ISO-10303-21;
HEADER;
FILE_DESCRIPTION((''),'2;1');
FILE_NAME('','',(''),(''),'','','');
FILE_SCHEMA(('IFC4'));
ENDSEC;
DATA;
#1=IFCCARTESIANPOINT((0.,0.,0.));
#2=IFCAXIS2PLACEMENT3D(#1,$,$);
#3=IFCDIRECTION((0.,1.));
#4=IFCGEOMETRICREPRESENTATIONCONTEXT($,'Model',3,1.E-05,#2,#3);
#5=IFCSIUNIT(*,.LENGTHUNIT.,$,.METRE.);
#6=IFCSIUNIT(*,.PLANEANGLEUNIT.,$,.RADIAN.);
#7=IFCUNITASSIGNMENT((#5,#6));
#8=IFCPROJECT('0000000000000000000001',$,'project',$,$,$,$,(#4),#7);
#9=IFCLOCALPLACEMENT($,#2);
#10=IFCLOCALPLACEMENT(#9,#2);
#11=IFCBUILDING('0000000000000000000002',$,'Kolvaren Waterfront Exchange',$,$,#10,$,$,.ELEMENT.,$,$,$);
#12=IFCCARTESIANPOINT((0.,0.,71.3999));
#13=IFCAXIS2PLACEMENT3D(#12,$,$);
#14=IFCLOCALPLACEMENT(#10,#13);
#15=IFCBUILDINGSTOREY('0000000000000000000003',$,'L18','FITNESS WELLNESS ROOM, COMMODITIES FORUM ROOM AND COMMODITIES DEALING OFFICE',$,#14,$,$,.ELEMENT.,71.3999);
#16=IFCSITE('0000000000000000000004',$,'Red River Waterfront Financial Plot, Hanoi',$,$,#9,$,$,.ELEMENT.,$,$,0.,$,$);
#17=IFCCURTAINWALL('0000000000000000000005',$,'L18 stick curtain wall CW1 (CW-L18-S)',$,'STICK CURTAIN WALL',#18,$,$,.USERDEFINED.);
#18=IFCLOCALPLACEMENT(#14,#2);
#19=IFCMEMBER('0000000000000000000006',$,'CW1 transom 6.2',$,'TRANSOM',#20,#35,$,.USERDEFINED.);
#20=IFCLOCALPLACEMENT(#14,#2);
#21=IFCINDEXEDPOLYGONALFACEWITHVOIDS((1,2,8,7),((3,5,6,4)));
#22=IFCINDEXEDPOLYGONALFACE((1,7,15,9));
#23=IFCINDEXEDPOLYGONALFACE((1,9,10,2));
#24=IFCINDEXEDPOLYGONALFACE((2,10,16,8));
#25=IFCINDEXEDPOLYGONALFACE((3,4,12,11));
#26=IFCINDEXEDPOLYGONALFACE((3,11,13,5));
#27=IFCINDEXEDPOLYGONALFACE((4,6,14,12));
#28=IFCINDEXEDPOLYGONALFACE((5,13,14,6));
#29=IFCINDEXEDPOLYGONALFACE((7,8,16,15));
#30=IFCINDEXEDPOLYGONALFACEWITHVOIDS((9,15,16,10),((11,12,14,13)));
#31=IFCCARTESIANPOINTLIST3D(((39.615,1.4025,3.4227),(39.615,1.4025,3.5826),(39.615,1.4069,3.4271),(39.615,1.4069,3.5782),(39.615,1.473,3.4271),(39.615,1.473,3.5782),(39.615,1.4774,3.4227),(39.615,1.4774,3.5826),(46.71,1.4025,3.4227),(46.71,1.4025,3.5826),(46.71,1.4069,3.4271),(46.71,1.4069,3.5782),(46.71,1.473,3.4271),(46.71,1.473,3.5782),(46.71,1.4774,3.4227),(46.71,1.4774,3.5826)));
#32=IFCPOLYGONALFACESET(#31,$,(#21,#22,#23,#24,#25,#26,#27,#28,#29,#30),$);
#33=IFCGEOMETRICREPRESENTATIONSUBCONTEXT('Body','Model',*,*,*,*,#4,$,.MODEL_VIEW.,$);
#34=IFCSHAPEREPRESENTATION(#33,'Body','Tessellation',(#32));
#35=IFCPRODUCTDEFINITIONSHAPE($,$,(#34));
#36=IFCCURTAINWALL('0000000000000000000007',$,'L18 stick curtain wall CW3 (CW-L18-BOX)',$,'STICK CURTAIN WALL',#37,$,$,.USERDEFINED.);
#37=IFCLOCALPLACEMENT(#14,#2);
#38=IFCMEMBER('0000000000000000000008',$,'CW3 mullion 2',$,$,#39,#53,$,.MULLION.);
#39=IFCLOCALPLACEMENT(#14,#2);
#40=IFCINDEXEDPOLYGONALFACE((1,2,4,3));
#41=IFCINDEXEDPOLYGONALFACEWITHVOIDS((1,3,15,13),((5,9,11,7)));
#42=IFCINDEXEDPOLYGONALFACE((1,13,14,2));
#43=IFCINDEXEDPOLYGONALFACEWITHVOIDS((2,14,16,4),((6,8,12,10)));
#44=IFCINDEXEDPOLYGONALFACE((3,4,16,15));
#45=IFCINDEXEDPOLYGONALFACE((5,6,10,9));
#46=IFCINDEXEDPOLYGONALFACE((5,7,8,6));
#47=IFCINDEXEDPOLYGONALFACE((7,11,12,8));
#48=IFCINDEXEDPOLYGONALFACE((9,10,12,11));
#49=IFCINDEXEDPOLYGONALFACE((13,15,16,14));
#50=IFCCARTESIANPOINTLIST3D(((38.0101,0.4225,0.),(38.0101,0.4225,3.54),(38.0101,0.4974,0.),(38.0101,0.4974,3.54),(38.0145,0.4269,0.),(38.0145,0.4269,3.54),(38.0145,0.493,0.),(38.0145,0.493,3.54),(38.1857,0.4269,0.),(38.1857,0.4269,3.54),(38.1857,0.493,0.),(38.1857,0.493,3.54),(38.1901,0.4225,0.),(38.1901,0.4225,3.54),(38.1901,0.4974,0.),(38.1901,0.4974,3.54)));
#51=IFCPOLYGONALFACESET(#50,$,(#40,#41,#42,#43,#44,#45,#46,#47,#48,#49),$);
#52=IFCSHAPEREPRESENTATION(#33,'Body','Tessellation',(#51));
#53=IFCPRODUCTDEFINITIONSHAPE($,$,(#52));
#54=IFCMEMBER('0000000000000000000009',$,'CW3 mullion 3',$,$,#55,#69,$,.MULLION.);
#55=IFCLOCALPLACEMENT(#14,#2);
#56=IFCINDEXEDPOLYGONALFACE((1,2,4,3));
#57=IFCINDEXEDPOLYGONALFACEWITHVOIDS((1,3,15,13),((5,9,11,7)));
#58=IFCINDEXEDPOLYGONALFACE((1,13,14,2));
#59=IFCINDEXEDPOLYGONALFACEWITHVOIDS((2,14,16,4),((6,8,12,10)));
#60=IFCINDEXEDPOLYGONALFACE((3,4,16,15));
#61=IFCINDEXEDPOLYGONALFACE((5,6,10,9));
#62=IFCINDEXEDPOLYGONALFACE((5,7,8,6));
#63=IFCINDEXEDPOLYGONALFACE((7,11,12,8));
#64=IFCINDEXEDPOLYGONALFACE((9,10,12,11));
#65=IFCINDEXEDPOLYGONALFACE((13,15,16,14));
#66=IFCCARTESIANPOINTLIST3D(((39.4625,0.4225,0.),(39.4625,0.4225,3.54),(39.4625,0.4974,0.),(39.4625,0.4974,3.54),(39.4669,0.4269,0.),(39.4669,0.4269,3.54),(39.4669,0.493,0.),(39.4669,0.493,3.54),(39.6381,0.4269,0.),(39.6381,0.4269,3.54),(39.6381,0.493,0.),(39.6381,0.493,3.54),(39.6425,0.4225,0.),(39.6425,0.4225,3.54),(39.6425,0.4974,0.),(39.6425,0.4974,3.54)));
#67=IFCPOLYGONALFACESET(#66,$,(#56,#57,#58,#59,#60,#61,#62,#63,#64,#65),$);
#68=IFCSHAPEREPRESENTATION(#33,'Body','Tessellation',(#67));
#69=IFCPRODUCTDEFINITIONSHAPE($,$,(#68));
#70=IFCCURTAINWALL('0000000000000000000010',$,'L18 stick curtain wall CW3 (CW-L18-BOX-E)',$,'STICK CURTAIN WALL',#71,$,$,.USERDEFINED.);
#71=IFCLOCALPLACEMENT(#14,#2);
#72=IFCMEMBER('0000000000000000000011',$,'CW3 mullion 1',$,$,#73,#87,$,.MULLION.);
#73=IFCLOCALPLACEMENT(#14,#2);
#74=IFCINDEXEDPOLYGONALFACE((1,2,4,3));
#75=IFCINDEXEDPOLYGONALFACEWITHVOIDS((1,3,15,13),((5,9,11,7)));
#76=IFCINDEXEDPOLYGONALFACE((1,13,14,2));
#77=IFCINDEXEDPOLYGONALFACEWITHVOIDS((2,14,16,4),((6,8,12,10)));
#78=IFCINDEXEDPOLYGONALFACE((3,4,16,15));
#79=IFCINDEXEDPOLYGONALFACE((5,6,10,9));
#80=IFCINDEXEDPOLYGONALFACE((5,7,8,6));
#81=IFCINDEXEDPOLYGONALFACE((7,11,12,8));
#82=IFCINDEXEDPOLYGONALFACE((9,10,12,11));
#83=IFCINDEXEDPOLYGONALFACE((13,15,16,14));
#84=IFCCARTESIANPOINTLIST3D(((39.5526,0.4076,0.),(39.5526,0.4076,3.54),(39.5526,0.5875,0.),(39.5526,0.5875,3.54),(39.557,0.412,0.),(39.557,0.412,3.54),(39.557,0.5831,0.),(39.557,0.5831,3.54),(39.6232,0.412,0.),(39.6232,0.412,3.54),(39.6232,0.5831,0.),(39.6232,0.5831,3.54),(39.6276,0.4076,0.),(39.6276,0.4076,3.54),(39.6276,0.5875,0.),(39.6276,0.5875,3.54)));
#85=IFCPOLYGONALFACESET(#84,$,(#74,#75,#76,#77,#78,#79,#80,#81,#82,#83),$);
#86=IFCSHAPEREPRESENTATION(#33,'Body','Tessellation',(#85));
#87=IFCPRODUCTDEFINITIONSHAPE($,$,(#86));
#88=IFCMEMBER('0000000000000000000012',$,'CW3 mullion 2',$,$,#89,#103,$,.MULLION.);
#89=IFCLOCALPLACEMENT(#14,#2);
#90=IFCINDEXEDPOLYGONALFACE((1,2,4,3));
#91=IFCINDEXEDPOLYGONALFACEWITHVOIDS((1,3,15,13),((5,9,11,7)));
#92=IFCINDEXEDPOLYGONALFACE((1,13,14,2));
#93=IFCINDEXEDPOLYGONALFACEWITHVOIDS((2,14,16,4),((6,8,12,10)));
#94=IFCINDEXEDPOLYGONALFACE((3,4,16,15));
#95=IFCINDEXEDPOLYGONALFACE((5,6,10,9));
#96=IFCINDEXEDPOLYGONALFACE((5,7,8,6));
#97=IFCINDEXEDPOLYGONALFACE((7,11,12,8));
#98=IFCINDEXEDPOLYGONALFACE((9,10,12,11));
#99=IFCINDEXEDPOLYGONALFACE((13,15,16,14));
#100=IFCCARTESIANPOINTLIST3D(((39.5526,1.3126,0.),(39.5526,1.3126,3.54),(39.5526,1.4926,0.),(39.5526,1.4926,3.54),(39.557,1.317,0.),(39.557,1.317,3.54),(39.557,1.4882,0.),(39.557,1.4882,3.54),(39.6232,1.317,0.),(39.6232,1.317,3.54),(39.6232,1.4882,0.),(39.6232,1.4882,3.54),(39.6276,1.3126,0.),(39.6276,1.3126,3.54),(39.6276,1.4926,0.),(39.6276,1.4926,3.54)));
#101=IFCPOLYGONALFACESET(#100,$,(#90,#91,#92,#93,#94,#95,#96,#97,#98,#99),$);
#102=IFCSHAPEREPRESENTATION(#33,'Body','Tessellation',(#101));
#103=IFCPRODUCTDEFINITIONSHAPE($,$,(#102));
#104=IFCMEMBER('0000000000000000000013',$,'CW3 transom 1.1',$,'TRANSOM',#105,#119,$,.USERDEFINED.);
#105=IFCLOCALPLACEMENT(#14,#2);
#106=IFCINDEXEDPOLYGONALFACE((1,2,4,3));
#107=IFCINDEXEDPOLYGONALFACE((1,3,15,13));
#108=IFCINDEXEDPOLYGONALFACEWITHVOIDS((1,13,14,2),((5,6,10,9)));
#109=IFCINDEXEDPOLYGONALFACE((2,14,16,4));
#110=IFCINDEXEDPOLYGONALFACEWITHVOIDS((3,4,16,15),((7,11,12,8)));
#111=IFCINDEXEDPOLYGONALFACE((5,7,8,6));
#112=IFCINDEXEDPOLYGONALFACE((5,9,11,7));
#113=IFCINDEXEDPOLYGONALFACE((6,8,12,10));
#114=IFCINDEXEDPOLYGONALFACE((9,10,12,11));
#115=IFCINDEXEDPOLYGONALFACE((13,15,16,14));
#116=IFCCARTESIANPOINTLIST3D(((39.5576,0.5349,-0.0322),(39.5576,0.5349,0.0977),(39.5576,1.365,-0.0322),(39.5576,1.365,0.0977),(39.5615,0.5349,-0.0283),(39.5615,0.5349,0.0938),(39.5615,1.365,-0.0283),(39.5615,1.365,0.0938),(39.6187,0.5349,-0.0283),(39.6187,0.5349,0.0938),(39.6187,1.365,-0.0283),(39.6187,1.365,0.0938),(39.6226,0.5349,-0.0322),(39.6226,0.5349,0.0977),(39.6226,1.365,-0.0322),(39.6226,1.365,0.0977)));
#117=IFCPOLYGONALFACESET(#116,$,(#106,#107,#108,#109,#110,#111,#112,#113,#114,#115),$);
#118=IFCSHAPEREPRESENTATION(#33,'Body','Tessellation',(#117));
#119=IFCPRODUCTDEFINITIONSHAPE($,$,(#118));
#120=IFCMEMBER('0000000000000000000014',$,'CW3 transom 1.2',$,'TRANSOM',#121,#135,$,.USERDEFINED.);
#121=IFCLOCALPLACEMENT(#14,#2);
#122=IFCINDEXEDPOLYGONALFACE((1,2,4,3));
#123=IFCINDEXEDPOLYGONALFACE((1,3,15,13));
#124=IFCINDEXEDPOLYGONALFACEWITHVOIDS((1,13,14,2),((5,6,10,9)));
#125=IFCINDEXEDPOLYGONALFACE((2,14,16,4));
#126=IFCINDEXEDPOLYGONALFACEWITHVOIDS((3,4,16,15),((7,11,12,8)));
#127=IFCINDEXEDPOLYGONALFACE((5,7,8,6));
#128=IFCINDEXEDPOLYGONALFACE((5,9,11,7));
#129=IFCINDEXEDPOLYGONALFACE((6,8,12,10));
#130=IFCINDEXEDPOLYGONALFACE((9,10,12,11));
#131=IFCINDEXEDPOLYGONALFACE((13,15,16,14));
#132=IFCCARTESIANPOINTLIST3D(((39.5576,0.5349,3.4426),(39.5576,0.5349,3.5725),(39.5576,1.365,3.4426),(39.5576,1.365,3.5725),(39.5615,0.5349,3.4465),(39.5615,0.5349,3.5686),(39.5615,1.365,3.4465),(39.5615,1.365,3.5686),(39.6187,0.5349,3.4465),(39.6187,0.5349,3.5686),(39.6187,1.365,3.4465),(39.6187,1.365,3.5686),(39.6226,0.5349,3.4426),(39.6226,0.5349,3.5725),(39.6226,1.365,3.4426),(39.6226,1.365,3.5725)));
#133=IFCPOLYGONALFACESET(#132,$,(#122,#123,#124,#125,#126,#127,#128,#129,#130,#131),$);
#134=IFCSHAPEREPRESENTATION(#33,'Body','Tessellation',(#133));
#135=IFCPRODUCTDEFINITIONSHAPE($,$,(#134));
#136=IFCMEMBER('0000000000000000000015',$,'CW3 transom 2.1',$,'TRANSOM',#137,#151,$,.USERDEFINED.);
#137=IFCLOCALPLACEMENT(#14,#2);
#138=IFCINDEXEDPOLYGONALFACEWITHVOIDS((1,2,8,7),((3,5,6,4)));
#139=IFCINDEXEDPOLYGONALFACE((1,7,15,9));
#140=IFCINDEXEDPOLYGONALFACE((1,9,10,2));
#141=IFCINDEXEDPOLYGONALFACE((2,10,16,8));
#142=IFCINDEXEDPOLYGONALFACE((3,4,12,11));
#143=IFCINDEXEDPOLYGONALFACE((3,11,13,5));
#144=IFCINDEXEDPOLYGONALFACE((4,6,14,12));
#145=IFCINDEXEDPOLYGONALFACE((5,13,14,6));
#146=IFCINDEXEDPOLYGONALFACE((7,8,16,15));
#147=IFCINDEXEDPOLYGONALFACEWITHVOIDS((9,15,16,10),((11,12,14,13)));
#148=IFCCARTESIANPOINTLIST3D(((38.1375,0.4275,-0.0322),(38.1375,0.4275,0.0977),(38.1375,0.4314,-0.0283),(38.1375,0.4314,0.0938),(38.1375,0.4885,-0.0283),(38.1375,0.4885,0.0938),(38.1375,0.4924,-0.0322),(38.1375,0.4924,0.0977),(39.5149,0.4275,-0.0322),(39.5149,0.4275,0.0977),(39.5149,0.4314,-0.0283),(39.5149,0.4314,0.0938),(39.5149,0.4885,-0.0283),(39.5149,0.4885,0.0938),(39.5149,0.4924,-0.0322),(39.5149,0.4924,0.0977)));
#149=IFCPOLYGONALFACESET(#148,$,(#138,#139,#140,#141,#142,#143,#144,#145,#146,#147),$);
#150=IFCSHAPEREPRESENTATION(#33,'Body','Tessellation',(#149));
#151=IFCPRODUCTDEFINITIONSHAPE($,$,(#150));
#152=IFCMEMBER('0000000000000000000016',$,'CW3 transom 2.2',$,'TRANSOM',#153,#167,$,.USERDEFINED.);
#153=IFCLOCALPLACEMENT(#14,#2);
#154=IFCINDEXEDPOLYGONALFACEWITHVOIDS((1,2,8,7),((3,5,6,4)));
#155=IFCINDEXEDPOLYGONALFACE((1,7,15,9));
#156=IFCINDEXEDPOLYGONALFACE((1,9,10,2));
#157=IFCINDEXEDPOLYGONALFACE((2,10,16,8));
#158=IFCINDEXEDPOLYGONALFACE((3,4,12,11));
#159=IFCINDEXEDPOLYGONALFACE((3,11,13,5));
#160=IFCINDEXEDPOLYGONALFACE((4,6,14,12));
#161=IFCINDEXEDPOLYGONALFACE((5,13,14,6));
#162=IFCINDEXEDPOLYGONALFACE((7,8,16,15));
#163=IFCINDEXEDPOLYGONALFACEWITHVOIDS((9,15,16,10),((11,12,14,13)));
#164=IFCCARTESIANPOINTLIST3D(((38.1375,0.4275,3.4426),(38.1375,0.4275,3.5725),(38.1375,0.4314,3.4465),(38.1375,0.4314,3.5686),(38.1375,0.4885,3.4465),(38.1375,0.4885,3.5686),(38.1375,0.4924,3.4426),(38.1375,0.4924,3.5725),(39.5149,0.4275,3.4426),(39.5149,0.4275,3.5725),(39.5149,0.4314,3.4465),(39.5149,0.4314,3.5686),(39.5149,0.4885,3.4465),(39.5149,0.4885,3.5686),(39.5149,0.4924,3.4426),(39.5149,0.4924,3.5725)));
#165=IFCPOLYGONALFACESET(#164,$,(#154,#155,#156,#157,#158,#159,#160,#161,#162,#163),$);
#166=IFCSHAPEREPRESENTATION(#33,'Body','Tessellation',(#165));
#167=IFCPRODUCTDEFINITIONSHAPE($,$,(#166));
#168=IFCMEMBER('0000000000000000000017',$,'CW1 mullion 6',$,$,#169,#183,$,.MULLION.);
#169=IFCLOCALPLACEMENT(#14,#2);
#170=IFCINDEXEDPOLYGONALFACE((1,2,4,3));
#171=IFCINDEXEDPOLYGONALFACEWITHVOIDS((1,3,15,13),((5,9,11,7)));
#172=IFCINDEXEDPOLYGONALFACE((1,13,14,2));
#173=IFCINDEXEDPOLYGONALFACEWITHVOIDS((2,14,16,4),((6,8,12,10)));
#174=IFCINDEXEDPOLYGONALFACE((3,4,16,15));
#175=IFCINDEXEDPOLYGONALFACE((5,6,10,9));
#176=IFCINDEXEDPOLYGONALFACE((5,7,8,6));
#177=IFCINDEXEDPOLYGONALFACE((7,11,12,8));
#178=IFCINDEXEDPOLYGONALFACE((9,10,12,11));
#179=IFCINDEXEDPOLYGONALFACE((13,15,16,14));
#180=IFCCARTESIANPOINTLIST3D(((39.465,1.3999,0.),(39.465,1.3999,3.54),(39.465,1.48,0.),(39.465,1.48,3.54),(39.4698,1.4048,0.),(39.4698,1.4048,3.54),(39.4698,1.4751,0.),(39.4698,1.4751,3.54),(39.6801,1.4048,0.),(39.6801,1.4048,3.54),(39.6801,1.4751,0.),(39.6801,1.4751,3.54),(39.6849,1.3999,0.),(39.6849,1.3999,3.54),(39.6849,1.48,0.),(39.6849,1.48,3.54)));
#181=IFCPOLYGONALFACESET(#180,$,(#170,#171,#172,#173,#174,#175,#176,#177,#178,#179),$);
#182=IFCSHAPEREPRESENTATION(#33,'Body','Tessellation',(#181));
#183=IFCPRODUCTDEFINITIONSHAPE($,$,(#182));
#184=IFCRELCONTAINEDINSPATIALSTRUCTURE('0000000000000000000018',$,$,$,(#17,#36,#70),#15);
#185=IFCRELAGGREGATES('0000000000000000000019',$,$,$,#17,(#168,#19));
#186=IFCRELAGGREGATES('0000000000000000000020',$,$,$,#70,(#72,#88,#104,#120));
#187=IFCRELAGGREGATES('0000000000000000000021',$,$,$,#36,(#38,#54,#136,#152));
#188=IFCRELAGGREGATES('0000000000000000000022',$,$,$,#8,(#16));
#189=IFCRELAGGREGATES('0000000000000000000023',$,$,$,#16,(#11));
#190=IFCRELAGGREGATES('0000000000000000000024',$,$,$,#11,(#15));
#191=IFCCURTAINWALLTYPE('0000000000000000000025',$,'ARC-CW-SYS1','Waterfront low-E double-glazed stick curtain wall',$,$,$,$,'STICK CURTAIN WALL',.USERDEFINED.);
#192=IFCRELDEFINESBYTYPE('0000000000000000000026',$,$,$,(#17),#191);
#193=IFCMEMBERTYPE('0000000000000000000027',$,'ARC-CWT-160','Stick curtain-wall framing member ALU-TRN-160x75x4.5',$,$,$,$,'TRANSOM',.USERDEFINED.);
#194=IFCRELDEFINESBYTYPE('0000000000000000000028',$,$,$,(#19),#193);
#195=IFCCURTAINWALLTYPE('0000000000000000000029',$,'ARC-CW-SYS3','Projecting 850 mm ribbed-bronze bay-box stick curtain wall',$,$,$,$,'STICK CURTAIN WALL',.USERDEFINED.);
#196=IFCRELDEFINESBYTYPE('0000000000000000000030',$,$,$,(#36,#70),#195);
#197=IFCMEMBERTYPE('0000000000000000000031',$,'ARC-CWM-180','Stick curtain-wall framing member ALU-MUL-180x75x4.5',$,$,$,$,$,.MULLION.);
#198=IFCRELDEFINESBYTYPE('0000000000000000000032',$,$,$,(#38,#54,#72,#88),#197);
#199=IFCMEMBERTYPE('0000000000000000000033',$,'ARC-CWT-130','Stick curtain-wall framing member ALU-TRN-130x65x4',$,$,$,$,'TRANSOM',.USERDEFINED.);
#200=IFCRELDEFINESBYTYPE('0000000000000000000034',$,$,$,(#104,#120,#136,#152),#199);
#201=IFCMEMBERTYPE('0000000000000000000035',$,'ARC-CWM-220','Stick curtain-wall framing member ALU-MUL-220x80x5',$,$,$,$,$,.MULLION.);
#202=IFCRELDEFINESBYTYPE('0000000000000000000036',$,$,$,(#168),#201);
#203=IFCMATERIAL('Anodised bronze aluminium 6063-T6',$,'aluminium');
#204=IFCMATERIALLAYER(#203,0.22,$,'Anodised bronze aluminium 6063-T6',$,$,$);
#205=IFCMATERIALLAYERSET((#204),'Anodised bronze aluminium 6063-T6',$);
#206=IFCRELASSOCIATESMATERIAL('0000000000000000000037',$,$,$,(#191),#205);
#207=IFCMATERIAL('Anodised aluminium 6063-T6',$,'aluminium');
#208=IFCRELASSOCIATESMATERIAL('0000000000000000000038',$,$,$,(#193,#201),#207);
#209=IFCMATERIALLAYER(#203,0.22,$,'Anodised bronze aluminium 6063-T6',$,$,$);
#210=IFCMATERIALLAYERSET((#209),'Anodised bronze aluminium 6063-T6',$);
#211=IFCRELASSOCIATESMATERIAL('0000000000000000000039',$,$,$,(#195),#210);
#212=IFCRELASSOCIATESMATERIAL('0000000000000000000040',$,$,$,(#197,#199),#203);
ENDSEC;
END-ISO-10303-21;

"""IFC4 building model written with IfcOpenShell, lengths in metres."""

from ifc_helpers import new_model, si_unit, direction, frame, origin, origin_with_axes, origin_2d, place, context, subcontext, project, spatial, hollow_rectangle, extrude, source, transform, mapped, material, layer, layer_set, material_profile, profile_set, type_object, element, aggregate, save


model = new_model("IFC4")

# Units and contexts
model_context = context("Model", 3, precision=1e-05, world=origin(), true_north=direction((0.0, 1.0)))
body_context = subcontext(model_context, "Body", "Model", "MODEL_VIEW")
ifc_project = project(units=[si_unit("LENGTHUNIT", "METRE"), si_unit("PLANEANGLEUNIT", "RADIAN")], contexts=[model_context])

# Site, building, storey
site_placement = place(None, origin())
site = spatial("IfcSite", under=ifc_project, at=site_placement, Name="Red River Waterfront Financial Plot, Hanoi", CompositionType="ELEMENT", RefElevation=0.0)
building_placement = place(site_placement, origin())
building = spatial("IfcBuilding", under=site, at=building_placement, Name="Kolvaren Waterfront Exchange", CompositionType="ELEMENT")
storey_placement = place(building_placement, frame((0.0, 0.0, 71.3999)))
storey = spatial("IfcBuildingStorey", under=building, at=storey_placement, Name="L18", Description="FITNESS WELLNESS ROOM, COMMODITIES FORUM ROOM AND COMMODITIES DEALING OFFICE", CompositionType="ELEMENT", Elevation=71.3999)

# Curtain walls, members
ifc_material_1 = material(Name="Anodised bronze aluminium 6063-T6", Category="aluminium")
ifc_layer_1 = layer(ifc_material_1, 0.22, Name="Anodised bronze aluminium 6063-T6")
ifc_layer_set_1 = layer_set([ifc_layer_1], Name="Anodised bronze aluminium 6063-T6")
curtain_wall_type_1 = type_object("IfcCurtainWallType", Name="ARC-CW-SYS1", Description="Waterfront low-E double-glazed stick curtain wall", ElementType="STICK CURTAIN WALL", PredefinedType="USERDEFINED", material=ifc_layer_set_1)
curtain_wall_1_placement = place(storey_placement, origin())
curtain_wall_1 = element("IfcCurtainWall", 1, at=curtain_wall_1_placement, inside=storey, type_object=curtain_wall_type_1, Name="L18 stick curtain wall CW1 (CW-L18-S)", ObjectType="STICK CURTAIN WALL", PredefinedType="USERDEFINED")
ifc_material_2 = material(Name="Anodised aluminium 6063-T6", Category="aluminium")
ifc_material_profile_1 = material_profile(ifc_material_2, hollow_rectangle(XDim=0.075, YDim=0.1599, WallThickness=0.0044, at=origin_2d()), Name="ALU-TRN-160x75x4.5")
ifc_profile_set_1 = profile_set([ifc_material_profile_1], Name="Anodised aluminium 6063-T6")
member_type_1 = type_object("IfcMemberType", Name="ARC-CWT-160", Description="Stick curtain-wall framing member ALU-TRN-160x75x4.5", ElementType="TRANSOM", PredefinedType="USERDEFINED", material=ifc_profile_set_1)
shared_shape_1 = source(origin_with_axes(), body_context, "Body", "SweptSolid", [
    extrude(hollow_rectangle(XDim=0.075, YDim=0.1599, WallThickness=0.0044, at=origin_2d()), origin(), (0.0, 0.0, 1.0), 7.095),
])
member_1_placement = place(storey_placement, frame((39.615, 1.4399, 3.5027), z_axis=(1.0, 0.0, 0.0), x_axis=(0.0, 1.0, 0.0)))
member_1 = element("IfcMember", 2, at=member_1_placement, type_object=member_type_1, Name="CW1 transom 6.2", ObjectType="TRANSOM", PredefinedType="USERDEFINED", context=body_context, shape_type="MappedRepresentation", body=[
    mapped(shared_shape_1, transform((0.0, 0.0, 0.0), x_axis=(1.0, 0.0, 0.0), y_axis=(0.0, 1.0, 0.0), z_axis=(0.0, 0.0, 1.0), scale=1.0)),
])
ifc_layer_2 = layer(ifc_material_1, 0.22, Name="Anodised bronze aluminium 6063-T6")
ifc_layer_set_2 = layer_set([ifc_layer_2], Name="Anodised bronze aluminium 6063-T6")
curtain_wall_type_2 = type_object("IfcCurtainWallType", Name="ARC-CW-SYS3", Description="Projecting 850 mm ribbed-bronze bay-box stick curtain wall", ElementType="STICK CURTAIN WALL", PredefinedType="USERDEFINED", material=ifc_layer_set_2)
curtain_wall_2_placement = place(storey_placement, origin())
curtain_wall_2 = element("IfcCurtainWall", 3, at=curtain_wall_2_placement, inside=storey, type_object=curtain_wall_type_2, Name="L18 stick curtain wall CW3 (CW-L18-BOX)", ObjectType="STICK CURTAIN WALL", PredefinedType="USERDEFINED")
ifc_material_profile_2 = material_profile(ifc_material_1, hollow_rectangle(XDim=0.075, YDim=0.1799, WallThickness=0.0044, at=origin_2d()), Name="ALU-MUL-180x75x4.5")
ifc_profile_set_2 = profile_set([ifc_material_profile_2], Name="Anodised bronze aluminium 6063-T6")
member_type_2 = type_object("IfcMemberType", Name="ARC-CWM-180", Description="Stick curtain-wall framing member ALU-MUL-180x75x4.5", PredefinedType="MULLION", material=ifc_profile_set_2)
shared_shape_2 = source(origin_with_axes(), body_context, "Body", "SweptSolid", [
    extrude(hollow_rectangle(XDim=0.075, YDim=0.1799, WallThickness=0.0044, at=origin_2d()), origin(), (0.0, 0.0, 1.0), 3.54),
])
member_2_placement = place(storey_placement, frame((38.1001, 0.46, 0.0), z_axis=(0.0, 0.0, 1.0), x_axis=(0.0, 1.0, 0.0)))
member_2 = element("IfcMember", 4, at=member_2_placement, type_object=member_type_2, Name="CW3 mullion 2", PredefinedType="MULLION", context=body_context, shape_type="MappedRepresentation", body=[
    mapped(shared_shape_2, transform((0.0, 0.0, 0.0), x_axis=(1.0, 0.0, 0.0), y_axis=(0.0, 1.0, 0.0), z_axis=(0.0, 0.0, 1.0), scale=1.0)),
])
member_3_placement = place(storey_placement, frame((39.5525, 0.46, 0.0), z_axis=(0.0, 0.0, 1.0), x_axis=(0.0, 1.0, 0.0)))
member_3 = element("IfcMember", 5, at=member_3_placement, type_object=member_type_2, Name="CW3 mullion 3", PredefinedType="MULLION", context=body_context, shape_type="MappedRepresentation", body=[
    mapped(shared_shape_2, transform((0.0, 0.0, 0.0), x_axis=(1.0, 0.0, 0.0), y_axis=(0.0, 1.0, 0.0), z_axis=(0.0, 0.0, 1.0), scale=1.0)),
])
curtain_wall_3_placement = place(storey_placement, origin())
curtain_wall_3 = element("IfcCurtainWall", 6, at=curtain_wall_3_placement, inside=storey, type_object=curtain_wall_type_2, Name="L18 stick curtain wall CW3 (CW-L18-BOX-E)", ObjectType="STICK CURTAIN WALL", PredefinedType="USERDEFINED")
member_4_placement = place(storey_placement, frame((39.5901, 0.4976, 0.0), z_axis=(0.0, 0.0, 1.0), x_axis=(-1.0, 0.0, 0.0)))
member_4 = element("IfcMember", 7, at=member_4_placement, type_object=member_type_2, Name="CW3 mullion 1", PredefinedType="MULLION", context=body_context, shape_type="MappedRepresentation", body=[
    mapped(shared_shape_2, transform((0.0, 0.0, 0.0), x_axis=(1.0, 0.0, 0.0), y_axis=(0.0, 1.0, 0.0), z_axis=(0.0, 0.0, 1.0), scale=1.0)),
])
member_5_placement = place(storey_placement, frame((39.5901, 1.4026, 0.0), z_axis=(0.0, 0.0, 1.0), x_axis=(-1.0, 0.0, 0.0)))
member_5 = element("IfcMember", 8, at=member_5_placement, type_object=member_type_2, Name="CW3 mullion 2", PredefinedType="MULLION", context=body_context, shape_type="MappedRepresentation", body=[
    mapped(shared_shape_2, transform((0.0, 0.0, 0.0), x_axis=(1.0, 0.0, 0.0), y_axis=(0.0, 1.0, 0.0), z_axis=(0.0, 0.0, 1.0), scale=1.0)),
])
ifc_material_profile_3 = material_profile(ifc_material_1, hollow_rectangle(XDim=0.0649, YDim=0.1299, WallThickness=0.0039, at=origin_2d()), Name="ALU-TRN-130x65x4")
ifc_profile_set_3 = profile_set([ifc_material_profile_3], Name="Anodised bronze aluminium 6063-T6")
member_type_3 = type_object("IfcMemberType", Name="ARC-CWT-130", Description="Stick curtain-wall framing member ALU-TRN-130x65x4", ElementType="TRANSOM", PredefinedType="USERDEFINED", material=ifc_profile_set_3)
shared_shape_3 = source(origin_with_axes(), body_context, "Body", "SweptSolid", [
    extrude(hollow_rectangle(XDim=0.0649, YDim=0.1299, WallThickness=0.0039, at=origin_2d()), origin(), (0.0, 0.0, 1.0), 0.8301),
])
member_6_placement = place(storey_placement, frame((39.5901, 0.5349, 0.0327), z_axis=(0.0, 1.0, 0.0), x_axis=(-1.0, 0.0, 0.0)))
member_6 = element("IfcMember", 9, at=member_6_placement, type_object=member_type_3, Name="CW3 transom 1.1", ObjectType="TRANSOM", PredefinedType="USERDEFINED", context=body_context, shape_type="MappedRepresentation", body=[
    mapped(shared_shape_3, transform((0.0, 0.0, 0.0), x_axis=(1.0, 0.0, 0.0), y_axis=(0.0, 1.0, 0.0), z_axis=(0.0, 0.0, 1.0), scale=1.0)),
])
member_7_placement = place(storey_placement, frame((39.5901, 0.5349, 3.5076), z_axis=(0.0, 1.0, 0.0), x_axis=(-1.0, 0.0, 0.0)))
member_7 = element("IfcMember", 10, at=member_7_placement, type_object=member_type_3, Name="CW3 transom 1.2", ObjectType="TRANSOM", PredefinedType="USERDEFINED", context=body_context, shape_type="MappedRepresentation", body=[
    mapped(shared_shape_3, transform((0.0, 0.0, 0.0), x_axis=(1.0, 0.0, 0.0), y_axis=(0.0, 1.0, 0.0), z_axis=(0.0, 0.0, 1.0), scale=1.0)),
])

# Members
shared_shape_4 = source(origin_with_axes(), body_context, "Body", "SweptSolid", [
    extrude(hollow_rectangle(XDim=0.0649, YDim=0.1299, WallThickness=0.0039, at=origin_2d()), origin(), (0.0, 0.0, 1.0), 1.3774),
])
member_8_placement = place(storey_placement, frame((38.1375, 0.46, 0.0327), z_axis=(1.0, 0.0, 0.0), x_axis=(0.0, 1.0, 0.0)))
member_8 = element("IfcMember", 11, at=member_8_placement, type_object=member_type_3, Name="CW3 transom 2.1", ObjectType="TRANSOM", PredefinedType="USERDEFINED", context=body_context, shape_type="MappedRepresentation", body=[
    mapped(shared_shape_4, transform((0.0, 0.0, 0.0), x_axis=(1.0, 0.0, 0.0), y_axis=(0.0, 1.0, 0.0), z_axis=(0.0, 0.0, 1.0), scale=1.0)),
])
member_9_placement = place(storey_placement, frame((38.1375, 0.46, 3.5076), z_axis=(1.0, 0.0, 0.0), x_axis=(0.0, 1.0, 0.0)))
member_9 = element("IfcMember", 12, at=member_9_placement, type_object=member_type_3, Name="CW3 transom 2.2", ObjectType="TRANSOM", PredefinedType="USERDEFINED", context=body_context, shape_type="MappedRepresentation", body=[
    mapped(shared_shape_4, transform((0.0, 0.0, 0.0), x_axis=(1.0, 0.0, 0.0), y_axis=(0.0, 1.0, 0.0), z_axis=(0.0, 0.0, 1.0), scale=1.0)),
])
ifc_material_profile_4 = material_profile(ifc_material_2, hollow_rectangle(XDim=0.0801, YDim=0.22, WallThickness=0.0049, at=origin_2d()), Name="ALU-MUL-220x80x5")
ifc_profile_set_4 = profile_set([ifc_material_profile_4], Name="Anodised aluminium 6063-T6")
member_type_4 = type_object("IfcMemberType", Name="ARC-CWM-220", Description="Stick curtain-wall framing member ALU-MUL-220x80x5", PredefinedType="MULLION", material=ifc_profile_set_4)
shared_shape_5 = source(origin_with_axes(), body_context, "Body", "SweptSolid", [
    extrude(hollow_rectangle(XDim=0.0801, YDim=0.22, WallThickness=0.0049, at=origin_2d()), origin(), (0.0, 0.0, 1.0), 3.54),
])
member_10_placement = place(storey_placement, frame((39.575, 1.4399, 0.0), z_axis=(0.0, 0.0, 1.0), x_axis=(0.0, 1.0, 0.0)))
member_10 = element("IfcMember", 13, at=member_10_placement, type_object=member_type_4, Name="CW1 mullion 6", PredefinedType="MULLION", context=body_context, shape_type="MappedRepresentation", body=[
    mapped(shared_shape_5, transform((0.0, 0.0, 0.0), x_axis=(1.0, 0.0, 0.0), y_axis=(0.0, 1.0, 0.0), z_axis=(0.0, 0.0, 1.0), scale=1.0)),
])

aggregate(curtain_wall_1, [member_10, member_1])
aggregate(curtain_wall_3, [member_4, member_5, member_6, member_7])
aggregate(curtain_wall_2, [member_2, member_3, member_8, member_9])

save(model, "model.ifc")
